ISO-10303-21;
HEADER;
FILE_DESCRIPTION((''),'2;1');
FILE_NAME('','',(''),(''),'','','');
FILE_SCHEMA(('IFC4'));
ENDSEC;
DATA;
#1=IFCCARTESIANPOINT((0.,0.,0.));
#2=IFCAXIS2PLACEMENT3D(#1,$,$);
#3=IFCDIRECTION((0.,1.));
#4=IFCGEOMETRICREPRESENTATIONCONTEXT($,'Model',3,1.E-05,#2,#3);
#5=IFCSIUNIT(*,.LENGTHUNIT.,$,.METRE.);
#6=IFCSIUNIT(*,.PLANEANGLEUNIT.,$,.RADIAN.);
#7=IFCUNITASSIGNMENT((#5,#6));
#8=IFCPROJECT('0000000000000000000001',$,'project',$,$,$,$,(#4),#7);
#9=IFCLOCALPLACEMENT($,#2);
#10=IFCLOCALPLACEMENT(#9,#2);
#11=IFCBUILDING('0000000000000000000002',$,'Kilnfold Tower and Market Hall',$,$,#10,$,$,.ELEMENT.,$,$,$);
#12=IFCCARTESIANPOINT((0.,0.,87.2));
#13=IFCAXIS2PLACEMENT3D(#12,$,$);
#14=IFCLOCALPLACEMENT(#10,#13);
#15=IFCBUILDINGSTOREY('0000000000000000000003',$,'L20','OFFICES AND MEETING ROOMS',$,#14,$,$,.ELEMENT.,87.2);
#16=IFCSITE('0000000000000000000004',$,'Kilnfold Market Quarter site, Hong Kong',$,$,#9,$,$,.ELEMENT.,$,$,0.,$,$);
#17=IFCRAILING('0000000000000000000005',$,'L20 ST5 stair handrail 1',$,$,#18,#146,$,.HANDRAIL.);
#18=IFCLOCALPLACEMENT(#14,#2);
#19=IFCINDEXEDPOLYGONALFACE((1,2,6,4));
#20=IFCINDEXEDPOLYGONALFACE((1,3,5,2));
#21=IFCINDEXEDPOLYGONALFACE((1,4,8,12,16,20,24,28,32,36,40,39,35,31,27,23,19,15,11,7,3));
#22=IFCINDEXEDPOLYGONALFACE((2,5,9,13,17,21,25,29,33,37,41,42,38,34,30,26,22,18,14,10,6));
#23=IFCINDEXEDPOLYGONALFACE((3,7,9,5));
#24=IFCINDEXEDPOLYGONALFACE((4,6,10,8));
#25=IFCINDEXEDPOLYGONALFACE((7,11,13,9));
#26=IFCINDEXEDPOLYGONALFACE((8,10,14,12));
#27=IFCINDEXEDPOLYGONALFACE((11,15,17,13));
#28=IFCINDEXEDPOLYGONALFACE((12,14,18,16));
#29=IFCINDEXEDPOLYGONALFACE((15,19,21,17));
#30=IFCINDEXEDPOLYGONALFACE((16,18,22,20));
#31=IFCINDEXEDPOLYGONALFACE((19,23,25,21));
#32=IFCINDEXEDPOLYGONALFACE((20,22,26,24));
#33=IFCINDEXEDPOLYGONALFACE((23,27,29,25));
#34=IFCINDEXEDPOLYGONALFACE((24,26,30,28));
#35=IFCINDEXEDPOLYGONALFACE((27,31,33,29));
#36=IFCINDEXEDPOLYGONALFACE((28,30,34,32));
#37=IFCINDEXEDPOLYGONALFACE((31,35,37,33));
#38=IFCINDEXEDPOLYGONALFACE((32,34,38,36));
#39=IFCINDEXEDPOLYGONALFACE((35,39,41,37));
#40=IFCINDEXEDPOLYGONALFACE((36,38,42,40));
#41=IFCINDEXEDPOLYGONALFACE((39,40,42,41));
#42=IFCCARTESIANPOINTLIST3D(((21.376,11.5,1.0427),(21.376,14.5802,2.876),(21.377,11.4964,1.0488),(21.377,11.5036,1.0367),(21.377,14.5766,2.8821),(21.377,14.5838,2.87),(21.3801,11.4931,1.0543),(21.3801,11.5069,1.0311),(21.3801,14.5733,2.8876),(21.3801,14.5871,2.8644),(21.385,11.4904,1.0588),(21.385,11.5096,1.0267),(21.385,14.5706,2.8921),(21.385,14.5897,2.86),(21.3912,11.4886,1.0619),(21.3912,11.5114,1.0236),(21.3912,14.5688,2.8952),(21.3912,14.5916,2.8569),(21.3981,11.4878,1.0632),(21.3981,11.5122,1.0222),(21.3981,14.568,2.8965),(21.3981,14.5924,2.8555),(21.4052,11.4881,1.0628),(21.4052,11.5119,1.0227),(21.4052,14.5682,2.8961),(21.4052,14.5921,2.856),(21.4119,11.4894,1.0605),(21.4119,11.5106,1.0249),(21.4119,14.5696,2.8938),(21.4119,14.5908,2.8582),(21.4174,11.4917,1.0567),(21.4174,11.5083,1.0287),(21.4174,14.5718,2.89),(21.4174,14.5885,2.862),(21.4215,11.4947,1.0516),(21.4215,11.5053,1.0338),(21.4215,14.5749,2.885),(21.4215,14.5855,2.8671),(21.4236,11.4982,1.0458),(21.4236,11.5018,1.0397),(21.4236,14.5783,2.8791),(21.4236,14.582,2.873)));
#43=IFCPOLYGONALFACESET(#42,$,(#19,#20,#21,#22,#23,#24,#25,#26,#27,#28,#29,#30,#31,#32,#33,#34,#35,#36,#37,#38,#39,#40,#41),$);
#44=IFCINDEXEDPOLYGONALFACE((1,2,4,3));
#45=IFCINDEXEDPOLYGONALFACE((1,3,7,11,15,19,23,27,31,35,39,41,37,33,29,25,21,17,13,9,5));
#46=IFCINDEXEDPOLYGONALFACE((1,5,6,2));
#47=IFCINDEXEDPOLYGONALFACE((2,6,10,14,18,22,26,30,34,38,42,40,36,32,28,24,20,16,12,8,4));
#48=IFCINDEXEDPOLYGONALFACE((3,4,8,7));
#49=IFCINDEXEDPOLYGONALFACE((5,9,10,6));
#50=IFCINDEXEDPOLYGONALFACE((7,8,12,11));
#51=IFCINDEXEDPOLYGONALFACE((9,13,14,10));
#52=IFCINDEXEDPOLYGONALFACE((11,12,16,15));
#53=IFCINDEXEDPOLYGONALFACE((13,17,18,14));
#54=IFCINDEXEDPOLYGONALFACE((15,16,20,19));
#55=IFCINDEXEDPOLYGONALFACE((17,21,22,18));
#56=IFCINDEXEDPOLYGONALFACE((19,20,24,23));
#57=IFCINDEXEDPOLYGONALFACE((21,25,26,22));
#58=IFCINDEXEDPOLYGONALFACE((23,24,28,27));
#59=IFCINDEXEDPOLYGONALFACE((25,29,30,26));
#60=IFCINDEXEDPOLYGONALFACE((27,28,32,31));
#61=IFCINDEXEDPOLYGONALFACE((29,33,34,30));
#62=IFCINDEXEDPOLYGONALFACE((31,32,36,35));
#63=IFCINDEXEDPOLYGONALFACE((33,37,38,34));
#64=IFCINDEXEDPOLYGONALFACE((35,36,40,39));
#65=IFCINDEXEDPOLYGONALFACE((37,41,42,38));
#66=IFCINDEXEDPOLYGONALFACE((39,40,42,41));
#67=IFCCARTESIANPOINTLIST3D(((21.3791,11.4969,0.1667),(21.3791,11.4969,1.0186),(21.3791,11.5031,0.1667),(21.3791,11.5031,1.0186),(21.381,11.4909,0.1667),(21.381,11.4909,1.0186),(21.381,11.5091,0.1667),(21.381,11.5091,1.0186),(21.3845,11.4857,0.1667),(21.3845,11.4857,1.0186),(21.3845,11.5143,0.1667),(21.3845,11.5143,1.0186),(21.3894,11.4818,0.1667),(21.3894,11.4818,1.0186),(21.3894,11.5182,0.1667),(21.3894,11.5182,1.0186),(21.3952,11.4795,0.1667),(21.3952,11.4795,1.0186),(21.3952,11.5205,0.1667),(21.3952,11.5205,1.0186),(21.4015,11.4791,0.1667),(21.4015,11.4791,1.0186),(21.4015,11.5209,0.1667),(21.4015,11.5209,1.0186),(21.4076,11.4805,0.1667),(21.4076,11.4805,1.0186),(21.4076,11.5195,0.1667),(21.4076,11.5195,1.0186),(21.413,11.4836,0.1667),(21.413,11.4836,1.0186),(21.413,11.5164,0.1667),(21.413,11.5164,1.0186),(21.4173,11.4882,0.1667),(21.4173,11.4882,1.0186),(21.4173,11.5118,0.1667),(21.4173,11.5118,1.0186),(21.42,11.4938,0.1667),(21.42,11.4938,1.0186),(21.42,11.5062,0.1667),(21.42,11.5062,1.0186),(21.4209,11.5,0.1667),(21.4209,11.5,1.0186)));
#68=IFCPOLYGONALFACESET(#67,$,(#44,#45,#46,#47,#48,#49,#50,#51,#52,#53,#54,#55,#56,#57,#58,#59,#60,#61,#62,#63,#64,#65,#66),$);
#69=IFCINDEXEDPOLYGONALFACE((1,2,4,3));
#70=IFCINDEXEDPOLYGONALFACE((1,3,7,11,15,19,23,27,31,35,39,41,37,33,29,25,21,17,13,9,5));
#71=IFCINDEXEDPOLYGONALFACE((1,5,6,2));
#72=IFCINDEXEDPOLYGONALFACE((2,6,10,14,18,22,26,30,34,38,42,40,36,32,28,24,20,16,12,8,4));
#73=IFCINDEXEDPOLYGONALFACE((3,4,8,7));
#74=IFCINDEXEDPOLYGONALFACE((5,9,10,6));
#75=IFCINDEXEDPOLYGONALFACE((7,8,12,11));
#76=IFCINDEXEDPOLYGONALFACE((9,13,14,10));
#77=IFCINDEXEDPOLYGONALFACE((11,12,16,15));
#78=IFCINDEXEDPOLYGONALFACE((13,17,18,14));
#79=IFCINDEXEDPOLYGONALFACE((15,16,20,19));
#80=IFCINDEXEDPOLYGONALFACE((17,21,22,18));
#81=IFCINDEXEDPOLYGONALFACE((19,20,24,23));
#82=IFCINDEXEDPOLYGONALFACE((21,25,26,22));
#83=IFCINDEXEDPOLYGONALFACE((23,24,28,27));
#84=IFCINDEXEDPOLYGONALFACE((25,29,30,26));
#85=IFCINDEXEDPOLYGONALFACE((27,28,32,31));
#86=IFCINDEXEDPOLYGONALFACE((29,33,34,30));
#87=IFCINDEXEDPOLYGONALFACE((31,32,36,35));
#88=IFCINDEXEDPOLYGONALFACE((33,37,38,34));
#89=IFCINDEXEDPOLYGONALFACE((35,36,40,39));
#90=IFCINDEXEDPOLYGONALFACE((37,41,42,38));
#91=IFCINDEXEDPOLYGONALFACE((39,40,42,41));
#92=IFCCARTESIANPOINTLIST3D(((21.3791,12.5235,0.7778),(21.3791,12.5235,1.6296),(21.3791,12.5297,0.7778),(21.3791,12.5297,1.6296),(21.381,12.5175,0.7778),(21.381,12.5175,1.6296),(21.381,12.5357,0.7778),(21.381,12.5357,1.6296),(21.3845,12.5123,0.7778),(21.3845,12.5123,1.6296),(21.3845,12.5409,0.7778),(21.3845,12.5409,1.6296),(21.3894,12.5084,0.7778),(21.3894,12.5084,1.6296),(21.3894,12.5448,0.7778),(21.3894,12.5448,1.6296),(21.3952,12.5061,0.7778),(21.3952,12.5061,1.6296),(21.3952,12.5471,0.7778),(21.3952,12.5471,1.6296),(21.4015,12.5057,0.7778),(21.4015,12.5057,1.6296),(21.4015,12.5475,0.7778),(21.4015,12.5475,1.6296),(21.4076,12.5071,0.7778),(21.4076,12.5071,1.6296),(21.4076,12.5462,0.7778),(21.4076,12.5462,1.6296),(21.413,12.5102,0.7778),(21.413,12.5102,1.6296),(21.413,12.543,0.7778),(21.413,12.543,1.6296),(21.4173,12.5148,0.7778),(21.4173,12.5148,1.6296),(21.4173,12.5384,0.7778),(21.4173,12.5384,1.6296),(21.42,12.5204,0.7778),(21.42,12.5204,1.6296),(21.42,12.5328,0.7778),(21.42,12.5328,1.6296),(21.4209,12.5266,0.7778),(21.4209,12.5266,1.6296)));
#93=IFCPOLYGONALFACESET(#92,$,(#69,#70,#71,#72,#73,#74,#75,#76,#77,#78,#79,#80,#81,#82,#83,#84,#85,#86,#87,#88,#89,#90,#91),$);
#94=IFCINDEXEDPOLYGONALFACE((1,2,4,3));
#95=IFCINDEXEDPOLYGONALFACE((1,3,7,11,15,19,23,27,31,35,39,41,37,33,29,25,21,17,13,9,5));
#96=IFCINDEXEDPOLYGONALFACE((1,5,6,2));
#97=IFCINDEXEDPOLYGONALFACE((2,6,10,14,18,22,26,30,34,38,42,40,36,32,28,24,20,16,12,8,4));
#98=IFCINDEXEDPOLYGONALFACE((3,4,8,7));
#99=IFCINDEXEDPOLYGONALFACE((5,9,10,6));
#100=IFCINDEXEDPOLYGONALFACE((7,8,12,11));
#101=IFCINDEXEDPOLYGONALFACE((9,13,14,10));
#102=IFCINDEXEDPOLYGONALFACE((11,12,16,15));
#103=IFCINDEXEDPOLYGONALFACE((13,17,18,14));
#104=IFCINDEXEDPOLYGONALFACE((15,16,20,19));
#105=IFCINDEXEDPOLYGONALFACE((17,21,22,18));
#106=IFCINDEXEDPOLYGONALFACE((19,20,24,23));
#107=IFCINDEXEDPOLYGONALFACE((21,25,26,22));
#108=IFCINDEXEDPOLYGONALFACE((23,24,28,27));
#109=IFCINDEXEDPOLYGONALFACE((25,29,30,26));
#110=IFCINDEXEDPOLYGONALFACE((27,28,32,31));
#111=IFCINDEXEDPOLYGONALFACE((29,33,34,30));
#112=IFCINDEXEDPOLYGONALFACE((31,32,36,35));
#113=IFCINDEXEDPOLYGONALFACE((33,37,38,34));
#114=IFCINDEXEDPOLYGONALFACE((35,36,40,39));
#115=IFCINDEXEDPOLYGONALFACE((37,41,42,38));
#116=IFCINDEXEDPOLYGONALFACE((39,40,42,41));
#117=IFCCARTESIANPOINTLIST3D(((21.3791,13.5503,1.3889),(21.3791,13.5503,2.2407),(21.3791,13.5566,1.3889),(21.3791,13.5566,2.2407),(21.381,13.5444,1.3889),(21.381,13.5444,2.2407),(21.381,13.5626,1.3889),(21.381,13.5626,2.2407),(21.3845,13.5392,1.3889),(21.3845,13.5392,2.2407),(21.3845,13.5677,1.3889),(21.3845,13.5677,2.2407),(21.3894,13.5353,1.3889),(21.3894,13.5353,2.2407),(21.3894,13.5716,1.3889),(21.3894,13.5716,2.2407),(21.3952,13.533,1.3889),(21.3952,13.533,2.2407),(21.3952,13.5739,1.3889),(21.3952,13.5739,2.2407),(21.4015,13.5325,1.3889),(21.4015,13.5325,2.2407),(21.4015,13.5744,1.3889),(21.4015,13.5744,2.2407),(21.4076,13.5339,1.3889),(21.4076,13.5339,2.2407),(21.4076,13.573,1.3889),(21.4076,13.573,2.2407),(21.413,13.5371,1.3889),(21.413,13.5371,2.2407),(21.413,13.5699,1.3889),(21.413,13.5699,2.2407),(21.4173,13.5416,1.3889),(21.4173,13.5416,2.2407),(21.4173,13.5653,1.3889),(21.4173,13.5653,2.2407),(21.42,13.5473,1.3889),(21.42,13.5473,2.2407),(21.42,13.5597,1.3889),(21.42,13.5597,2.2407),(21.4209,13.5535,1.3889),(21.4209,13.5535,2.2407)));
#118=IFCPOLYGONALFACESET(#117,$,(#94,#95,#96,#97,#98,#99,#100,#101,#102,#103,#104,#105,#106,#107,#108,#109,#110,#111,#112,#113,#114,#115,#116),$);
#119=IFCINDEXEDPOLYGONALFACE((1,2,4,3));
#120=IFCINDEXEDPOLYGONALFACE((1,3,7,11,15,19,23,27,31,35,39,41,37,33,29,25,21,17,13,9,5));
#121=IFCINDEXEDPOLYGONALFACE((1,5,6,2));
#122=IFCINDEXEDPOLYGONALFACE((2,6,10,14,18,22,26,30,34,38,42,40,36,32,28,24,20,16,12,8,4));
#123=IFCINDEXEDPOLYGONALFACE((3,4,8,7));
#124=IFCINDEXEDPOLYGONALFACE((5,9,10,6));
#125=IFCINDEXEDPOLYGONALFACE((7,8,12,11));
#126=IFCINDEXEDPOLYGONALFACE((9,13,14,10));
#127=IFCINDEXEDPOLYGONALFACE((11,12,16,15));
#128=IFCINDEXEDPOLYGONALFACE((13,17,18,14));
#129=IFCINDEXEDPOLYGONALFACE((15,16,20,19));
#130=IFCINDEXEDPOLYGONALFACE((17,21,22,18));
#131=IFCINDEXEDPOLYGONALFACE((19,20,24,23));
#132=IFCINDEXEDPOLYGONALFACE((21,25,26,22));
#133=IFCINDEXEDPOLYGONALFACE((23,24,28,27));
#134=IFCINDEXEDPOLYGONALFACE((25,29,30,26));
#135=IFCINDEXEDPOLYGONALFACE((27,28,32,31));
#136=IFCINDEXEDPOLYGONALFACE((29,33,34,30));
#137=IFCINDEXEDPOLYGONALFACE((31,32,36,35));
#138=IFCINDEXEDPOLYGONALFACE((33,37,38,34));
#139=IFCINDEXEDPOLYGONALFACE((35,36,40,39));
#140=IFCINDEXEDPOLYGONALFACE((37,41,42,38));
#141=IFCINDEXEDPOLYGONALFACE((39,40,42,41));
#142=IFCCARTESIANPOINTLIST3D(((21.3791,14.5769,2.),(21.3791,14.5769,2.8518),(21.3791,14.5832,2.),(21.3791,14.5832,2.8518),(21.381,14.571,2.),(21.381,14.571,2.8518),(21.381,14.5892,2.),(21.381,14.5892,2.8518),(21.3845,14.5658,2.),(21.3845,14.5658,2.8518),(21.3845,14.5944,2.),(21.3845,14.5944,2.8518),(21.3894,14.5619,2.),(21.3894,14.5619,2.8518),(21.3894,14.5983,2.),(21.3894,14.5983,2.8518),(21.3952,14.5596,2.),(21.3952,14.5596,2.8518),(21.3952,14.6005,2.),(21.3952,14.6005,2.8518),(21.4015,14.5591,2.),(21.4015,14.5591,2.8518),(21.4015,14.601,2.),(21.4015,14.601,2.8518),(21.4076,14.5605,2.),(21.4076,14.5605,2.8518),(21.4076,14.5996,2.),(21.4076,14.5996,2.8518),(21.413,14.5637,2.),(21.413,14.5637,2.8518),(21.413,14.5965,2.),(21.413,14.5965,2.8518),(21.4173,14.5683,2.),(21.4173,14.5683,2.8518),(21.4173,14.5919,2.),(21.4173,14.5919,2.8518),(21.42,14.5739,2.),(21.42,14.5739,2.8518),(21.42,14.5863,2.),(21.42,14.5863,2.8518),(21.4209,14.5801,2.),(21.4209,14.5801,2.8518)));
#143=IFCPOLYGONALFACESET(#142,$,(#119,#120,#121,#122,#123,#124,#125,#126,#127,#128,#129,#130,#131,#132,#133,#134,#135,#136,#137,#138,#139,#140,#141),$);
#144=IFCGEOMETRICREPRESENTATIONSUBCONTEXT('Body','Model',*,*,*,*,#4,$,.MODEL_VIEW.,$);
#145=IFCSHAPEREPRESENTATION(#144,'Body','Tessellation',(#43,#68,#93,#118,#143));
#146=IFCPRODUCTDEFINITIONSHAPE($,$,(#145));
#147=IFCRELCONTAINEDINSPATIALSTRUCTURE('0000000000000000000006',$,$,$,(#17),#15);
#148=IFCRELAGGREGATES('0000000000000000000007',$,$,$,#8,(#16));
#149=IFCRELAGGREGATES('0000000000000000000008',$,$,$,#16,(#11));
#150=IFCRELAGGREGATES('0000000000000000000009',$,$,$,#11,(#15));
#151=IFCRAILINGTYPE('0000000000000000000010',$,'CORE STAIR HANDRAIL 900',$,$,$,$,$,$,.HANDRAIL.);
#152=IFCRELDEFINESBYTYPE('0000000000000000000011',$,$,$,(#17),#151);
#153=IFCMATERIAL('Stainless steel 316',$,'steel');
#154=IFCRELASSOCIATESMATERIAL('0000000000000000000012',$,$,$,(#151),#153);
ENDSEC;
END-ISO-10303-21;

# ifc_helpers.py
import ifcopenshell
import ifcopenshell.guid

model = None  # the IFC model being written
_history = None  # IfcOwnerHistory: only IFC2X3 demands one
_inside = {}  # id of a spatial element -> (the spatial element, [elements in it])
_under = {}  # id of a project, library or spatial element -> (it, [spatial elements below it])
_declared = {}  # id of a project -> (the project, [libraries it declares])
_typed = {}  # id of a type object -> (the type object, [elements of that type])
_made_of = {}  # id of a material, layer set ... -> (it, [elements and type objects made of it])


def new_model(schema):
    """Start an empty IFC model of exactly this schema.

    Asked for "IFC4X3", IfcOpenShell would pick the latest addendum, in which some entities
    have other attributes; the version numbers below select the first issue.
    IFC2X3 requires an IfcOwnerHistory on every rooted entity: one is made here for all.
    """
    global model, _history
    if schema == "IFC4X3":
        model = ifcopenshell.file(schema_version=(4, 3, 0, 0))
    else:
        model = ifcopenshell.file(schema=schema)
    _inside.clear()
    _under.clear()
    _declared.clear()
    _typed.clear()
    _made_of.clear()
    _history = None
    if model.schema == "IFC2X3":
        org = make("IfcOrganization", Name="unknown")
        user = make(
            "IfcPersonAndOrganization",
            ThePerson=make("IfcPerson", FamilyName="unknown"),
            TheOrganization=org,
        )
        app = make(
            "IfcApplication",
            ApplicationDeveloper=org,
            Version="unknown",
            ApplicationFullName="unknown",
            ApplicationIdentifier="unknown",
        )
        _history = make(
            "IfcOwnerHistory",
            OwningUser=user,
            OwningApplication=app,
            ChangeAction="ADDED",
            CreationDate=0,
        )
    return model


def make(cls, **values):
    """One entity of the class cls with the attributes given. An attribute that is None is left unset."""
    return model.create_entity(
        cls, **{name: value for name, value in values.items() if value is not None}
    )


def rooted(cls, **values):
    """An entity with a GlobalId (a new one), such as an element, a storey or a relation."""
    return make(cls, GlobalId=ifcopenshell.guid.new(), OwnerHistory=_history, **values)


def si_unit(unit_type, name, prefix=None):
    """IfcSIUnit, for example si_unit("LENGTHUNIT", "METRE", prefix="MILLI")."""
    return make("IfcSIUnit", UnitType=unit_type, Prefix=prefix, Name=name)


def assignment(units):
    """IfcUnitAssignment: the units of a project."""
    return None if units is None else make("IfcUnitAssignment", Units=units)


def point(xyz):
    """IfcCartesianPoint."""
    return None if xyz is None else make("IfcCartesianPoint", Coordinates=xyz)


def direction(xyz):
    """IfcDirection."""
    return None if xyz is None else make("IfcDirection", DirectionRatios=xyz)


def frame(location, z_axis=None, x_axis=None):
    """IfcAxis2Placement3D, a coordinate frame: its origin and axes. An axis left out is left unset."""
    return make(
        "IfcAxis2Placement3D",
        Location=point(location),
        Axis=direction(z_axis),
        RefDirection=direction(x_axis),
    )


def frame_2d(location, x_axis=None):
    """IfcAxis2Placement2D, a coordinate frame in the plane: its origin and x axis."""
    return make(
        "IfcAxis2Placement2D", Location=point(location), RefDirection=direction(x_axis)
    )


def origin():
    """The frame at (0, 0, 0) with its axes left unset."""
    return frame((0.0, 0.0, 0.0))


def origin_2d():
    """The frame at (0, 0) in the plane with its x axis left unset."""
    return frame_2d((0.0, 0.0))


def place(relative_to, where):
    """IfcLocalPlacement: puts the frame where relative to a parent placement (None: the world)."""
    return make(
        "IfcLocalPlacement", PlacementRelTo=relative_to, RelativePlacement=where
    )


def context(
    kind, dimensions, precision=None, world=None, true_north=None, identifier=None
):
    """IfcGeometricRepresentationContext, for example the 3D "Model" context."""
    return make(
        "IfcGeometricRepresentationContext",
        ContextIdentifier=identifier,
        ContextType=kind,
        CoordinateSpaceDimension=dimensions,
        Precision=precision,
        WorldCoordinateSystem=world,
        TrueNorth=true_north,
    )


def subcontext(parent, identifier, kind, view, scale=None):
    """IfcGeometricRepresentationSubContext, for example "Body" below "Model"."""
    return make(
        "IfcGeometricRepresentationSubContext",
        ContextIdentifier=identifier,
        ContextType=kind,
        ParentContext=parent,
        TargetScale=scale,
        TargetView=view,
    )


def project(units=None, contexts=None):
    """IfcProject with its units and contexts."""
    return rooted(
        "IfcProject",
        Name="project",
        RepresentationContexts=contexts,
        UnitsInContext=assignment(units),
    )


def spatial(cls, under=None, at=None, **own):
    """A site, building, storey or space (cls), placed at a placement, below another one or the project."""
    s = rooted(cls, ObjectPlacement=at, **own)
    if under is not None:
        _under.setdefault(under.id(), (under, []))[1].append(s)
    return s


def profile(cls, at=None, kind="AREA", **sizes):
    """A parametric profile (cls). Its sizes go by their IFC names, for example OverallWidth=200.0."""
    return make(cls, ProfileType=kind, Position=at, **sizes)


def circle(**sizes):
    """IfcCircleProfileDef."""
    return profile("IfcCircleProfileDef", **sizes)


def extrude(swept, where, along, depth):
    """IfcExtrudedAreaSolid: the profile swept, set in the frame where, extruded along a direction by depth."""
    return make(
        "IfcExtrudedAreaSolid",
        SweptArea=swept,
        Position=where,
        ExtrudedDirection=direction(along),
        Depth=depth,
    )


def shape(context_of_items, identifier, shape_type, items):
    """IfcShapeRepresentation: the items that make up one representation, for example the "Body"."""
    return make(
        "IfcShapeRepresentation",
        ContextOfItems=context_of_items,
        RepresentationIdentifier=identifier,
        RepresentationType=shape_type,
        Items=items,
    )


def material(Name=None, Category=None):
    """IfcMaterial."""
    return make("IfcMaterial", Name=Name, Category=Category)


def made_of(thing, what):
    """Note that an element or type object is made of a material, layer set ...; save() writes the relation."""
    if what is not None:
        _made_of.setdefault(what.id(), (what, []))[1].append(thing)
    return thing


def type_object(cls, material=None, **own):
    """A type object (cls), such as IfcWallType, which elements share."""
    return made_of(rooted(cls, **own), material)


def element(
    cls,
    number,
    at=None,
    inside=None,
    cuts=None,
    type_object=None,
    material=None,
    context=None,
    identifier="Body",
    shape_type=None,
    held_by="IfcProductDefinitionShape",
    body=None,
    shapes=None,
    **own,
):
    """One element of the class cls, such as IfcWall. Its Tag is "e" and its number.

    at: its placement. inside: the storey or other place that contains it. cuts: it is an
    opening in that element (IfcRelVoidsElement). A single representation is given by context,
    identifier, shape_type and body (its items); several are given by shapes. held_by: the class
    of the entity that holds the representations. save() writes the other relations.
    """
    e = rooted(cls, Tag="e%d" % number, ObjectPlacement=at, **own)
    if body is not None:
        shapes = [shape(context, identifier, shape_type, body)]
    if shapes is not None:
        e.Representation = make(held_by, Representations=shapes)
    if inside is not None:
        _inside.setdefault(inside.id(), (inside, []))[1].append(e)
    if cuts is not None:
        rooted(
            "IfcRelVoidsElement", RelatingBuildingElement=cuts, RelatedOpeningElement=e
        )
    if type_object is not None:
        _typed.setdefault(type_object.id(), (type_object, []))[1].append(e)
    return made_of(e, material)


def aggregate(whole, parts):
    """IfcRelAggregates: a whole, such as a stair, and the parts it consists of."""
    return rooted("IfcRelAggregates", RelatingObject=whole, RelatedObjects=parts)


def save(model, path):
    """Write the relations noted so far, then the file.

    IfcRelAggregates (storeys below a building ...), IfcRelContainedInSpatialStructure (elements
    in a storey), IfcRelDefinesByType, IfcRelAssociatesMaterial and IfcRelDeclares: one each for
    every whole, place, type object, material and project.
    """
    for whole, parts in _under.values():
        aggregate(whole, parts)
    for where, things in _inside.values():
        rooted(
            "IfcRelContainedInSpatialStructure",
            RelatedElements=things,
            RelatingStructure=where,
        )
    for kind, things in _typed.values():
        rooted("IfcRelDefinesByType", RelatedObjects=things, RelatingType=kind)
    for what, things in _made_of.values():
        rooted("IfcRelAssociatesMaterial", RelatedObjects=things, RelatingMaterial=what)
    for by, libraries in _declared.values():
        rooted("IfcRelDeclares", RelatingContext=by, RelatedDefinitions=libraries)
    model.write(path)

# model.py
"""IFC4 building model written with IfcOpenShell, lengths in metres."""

from ifc_helpers import new_model, si_unit, direction, frame, origin, origin_2d, place, context, subcontext, project, spatial, circle, extrude, material, type_object, element, save


model = new_model("IFC4")

# Units and contexts
model_context = context("Model", 3, precision=1e-05, world=origin(), true_north=direction((0.0, 1.0)))
body_context = subcontext(model_context, "Body", "Model", "MODEL_VIEW")
ifc_project = project(units=[si_unit("LENGTHUNIT", "METRE"), si_unit("PLANEANGLEUNIT", "RADIAN")], contexts=[model_context])

# Site, building, storey
site_placement = place(None, origin())
site = spatial("IfcSite", under=ifc_project, at=site_placement, Name="Kilnfold Market Quarter site, Hong Kong", CompositionType="ELEMENT", RefElevation=0.0)
building_placement = place(site_placement, origin())
building = spatial("IfcBuilding", under=site, at=building_placement, Name="Kilnfold Tower and Market Hall", CompositionType="ELEMENT")
storey_placement = place(building_placement, frame((0.0, 0.0, 87.2)))
storey = spatial("IfcBuildingStorey", under=building, at=storey_placement, Name="L20", Description="OFFICES AND MEETING ROOMS", CompositionType="ELEMENT", Elevation=87.2)

# Railing
ifc_material_1 = material(Name="Stainless steel 316", Category="steel")
railing_type_1 = type_object("IfcRailingType", Name="CORE STAIR HANDRAIL 900", PredefinedType="HANDRAIL", material=ifc_material_1)
railing_1_placement = place(storey_placement, frame((21.3999, 11.5, 0.1667)))
element("IfcRailing", 1, at=railing_1_placement, inside=storey, type_object=railing_type_1, Name="L20 ST5 stair handrail 1", PredefinedType="HANDRAIL", context=body_context, shape_type="SweptSolid", body=[
    extrude(circle(Radius=0.0239, at=origin_2d()), frame((0.0, 0.0, 0.876), z_axis=(0.0, 0.859309, 0.511458), x_axis=(-1.0, 0.0, 0.0)), (0.0, 0.0, 1.0), 3.5845),
    extrude(circle(Radius=0.021, at=origin_2d()), origin(), (0.0, 0.0, 1.0), 0.8518),
    extrude(circle(Radius=0.021, at=origin_2d()), frame((0.0, 1.0266, 0.6111)), (0.0, 0.0, 1.0), 0.8518),
    extrude(circle(Radius=0.021, at=origin_2d()), frame((0.0, 2.0535, 1.2222)), (0.0, 0.0, 1.0), 0.8518),
    extrude(circle(Radius=0.021, at=origin_2d()), frame((0.0, 3.0801, 1.8333)), (0.0, 0.0, 1.0), 0.8518),
])

save(model, "model.ifc")
